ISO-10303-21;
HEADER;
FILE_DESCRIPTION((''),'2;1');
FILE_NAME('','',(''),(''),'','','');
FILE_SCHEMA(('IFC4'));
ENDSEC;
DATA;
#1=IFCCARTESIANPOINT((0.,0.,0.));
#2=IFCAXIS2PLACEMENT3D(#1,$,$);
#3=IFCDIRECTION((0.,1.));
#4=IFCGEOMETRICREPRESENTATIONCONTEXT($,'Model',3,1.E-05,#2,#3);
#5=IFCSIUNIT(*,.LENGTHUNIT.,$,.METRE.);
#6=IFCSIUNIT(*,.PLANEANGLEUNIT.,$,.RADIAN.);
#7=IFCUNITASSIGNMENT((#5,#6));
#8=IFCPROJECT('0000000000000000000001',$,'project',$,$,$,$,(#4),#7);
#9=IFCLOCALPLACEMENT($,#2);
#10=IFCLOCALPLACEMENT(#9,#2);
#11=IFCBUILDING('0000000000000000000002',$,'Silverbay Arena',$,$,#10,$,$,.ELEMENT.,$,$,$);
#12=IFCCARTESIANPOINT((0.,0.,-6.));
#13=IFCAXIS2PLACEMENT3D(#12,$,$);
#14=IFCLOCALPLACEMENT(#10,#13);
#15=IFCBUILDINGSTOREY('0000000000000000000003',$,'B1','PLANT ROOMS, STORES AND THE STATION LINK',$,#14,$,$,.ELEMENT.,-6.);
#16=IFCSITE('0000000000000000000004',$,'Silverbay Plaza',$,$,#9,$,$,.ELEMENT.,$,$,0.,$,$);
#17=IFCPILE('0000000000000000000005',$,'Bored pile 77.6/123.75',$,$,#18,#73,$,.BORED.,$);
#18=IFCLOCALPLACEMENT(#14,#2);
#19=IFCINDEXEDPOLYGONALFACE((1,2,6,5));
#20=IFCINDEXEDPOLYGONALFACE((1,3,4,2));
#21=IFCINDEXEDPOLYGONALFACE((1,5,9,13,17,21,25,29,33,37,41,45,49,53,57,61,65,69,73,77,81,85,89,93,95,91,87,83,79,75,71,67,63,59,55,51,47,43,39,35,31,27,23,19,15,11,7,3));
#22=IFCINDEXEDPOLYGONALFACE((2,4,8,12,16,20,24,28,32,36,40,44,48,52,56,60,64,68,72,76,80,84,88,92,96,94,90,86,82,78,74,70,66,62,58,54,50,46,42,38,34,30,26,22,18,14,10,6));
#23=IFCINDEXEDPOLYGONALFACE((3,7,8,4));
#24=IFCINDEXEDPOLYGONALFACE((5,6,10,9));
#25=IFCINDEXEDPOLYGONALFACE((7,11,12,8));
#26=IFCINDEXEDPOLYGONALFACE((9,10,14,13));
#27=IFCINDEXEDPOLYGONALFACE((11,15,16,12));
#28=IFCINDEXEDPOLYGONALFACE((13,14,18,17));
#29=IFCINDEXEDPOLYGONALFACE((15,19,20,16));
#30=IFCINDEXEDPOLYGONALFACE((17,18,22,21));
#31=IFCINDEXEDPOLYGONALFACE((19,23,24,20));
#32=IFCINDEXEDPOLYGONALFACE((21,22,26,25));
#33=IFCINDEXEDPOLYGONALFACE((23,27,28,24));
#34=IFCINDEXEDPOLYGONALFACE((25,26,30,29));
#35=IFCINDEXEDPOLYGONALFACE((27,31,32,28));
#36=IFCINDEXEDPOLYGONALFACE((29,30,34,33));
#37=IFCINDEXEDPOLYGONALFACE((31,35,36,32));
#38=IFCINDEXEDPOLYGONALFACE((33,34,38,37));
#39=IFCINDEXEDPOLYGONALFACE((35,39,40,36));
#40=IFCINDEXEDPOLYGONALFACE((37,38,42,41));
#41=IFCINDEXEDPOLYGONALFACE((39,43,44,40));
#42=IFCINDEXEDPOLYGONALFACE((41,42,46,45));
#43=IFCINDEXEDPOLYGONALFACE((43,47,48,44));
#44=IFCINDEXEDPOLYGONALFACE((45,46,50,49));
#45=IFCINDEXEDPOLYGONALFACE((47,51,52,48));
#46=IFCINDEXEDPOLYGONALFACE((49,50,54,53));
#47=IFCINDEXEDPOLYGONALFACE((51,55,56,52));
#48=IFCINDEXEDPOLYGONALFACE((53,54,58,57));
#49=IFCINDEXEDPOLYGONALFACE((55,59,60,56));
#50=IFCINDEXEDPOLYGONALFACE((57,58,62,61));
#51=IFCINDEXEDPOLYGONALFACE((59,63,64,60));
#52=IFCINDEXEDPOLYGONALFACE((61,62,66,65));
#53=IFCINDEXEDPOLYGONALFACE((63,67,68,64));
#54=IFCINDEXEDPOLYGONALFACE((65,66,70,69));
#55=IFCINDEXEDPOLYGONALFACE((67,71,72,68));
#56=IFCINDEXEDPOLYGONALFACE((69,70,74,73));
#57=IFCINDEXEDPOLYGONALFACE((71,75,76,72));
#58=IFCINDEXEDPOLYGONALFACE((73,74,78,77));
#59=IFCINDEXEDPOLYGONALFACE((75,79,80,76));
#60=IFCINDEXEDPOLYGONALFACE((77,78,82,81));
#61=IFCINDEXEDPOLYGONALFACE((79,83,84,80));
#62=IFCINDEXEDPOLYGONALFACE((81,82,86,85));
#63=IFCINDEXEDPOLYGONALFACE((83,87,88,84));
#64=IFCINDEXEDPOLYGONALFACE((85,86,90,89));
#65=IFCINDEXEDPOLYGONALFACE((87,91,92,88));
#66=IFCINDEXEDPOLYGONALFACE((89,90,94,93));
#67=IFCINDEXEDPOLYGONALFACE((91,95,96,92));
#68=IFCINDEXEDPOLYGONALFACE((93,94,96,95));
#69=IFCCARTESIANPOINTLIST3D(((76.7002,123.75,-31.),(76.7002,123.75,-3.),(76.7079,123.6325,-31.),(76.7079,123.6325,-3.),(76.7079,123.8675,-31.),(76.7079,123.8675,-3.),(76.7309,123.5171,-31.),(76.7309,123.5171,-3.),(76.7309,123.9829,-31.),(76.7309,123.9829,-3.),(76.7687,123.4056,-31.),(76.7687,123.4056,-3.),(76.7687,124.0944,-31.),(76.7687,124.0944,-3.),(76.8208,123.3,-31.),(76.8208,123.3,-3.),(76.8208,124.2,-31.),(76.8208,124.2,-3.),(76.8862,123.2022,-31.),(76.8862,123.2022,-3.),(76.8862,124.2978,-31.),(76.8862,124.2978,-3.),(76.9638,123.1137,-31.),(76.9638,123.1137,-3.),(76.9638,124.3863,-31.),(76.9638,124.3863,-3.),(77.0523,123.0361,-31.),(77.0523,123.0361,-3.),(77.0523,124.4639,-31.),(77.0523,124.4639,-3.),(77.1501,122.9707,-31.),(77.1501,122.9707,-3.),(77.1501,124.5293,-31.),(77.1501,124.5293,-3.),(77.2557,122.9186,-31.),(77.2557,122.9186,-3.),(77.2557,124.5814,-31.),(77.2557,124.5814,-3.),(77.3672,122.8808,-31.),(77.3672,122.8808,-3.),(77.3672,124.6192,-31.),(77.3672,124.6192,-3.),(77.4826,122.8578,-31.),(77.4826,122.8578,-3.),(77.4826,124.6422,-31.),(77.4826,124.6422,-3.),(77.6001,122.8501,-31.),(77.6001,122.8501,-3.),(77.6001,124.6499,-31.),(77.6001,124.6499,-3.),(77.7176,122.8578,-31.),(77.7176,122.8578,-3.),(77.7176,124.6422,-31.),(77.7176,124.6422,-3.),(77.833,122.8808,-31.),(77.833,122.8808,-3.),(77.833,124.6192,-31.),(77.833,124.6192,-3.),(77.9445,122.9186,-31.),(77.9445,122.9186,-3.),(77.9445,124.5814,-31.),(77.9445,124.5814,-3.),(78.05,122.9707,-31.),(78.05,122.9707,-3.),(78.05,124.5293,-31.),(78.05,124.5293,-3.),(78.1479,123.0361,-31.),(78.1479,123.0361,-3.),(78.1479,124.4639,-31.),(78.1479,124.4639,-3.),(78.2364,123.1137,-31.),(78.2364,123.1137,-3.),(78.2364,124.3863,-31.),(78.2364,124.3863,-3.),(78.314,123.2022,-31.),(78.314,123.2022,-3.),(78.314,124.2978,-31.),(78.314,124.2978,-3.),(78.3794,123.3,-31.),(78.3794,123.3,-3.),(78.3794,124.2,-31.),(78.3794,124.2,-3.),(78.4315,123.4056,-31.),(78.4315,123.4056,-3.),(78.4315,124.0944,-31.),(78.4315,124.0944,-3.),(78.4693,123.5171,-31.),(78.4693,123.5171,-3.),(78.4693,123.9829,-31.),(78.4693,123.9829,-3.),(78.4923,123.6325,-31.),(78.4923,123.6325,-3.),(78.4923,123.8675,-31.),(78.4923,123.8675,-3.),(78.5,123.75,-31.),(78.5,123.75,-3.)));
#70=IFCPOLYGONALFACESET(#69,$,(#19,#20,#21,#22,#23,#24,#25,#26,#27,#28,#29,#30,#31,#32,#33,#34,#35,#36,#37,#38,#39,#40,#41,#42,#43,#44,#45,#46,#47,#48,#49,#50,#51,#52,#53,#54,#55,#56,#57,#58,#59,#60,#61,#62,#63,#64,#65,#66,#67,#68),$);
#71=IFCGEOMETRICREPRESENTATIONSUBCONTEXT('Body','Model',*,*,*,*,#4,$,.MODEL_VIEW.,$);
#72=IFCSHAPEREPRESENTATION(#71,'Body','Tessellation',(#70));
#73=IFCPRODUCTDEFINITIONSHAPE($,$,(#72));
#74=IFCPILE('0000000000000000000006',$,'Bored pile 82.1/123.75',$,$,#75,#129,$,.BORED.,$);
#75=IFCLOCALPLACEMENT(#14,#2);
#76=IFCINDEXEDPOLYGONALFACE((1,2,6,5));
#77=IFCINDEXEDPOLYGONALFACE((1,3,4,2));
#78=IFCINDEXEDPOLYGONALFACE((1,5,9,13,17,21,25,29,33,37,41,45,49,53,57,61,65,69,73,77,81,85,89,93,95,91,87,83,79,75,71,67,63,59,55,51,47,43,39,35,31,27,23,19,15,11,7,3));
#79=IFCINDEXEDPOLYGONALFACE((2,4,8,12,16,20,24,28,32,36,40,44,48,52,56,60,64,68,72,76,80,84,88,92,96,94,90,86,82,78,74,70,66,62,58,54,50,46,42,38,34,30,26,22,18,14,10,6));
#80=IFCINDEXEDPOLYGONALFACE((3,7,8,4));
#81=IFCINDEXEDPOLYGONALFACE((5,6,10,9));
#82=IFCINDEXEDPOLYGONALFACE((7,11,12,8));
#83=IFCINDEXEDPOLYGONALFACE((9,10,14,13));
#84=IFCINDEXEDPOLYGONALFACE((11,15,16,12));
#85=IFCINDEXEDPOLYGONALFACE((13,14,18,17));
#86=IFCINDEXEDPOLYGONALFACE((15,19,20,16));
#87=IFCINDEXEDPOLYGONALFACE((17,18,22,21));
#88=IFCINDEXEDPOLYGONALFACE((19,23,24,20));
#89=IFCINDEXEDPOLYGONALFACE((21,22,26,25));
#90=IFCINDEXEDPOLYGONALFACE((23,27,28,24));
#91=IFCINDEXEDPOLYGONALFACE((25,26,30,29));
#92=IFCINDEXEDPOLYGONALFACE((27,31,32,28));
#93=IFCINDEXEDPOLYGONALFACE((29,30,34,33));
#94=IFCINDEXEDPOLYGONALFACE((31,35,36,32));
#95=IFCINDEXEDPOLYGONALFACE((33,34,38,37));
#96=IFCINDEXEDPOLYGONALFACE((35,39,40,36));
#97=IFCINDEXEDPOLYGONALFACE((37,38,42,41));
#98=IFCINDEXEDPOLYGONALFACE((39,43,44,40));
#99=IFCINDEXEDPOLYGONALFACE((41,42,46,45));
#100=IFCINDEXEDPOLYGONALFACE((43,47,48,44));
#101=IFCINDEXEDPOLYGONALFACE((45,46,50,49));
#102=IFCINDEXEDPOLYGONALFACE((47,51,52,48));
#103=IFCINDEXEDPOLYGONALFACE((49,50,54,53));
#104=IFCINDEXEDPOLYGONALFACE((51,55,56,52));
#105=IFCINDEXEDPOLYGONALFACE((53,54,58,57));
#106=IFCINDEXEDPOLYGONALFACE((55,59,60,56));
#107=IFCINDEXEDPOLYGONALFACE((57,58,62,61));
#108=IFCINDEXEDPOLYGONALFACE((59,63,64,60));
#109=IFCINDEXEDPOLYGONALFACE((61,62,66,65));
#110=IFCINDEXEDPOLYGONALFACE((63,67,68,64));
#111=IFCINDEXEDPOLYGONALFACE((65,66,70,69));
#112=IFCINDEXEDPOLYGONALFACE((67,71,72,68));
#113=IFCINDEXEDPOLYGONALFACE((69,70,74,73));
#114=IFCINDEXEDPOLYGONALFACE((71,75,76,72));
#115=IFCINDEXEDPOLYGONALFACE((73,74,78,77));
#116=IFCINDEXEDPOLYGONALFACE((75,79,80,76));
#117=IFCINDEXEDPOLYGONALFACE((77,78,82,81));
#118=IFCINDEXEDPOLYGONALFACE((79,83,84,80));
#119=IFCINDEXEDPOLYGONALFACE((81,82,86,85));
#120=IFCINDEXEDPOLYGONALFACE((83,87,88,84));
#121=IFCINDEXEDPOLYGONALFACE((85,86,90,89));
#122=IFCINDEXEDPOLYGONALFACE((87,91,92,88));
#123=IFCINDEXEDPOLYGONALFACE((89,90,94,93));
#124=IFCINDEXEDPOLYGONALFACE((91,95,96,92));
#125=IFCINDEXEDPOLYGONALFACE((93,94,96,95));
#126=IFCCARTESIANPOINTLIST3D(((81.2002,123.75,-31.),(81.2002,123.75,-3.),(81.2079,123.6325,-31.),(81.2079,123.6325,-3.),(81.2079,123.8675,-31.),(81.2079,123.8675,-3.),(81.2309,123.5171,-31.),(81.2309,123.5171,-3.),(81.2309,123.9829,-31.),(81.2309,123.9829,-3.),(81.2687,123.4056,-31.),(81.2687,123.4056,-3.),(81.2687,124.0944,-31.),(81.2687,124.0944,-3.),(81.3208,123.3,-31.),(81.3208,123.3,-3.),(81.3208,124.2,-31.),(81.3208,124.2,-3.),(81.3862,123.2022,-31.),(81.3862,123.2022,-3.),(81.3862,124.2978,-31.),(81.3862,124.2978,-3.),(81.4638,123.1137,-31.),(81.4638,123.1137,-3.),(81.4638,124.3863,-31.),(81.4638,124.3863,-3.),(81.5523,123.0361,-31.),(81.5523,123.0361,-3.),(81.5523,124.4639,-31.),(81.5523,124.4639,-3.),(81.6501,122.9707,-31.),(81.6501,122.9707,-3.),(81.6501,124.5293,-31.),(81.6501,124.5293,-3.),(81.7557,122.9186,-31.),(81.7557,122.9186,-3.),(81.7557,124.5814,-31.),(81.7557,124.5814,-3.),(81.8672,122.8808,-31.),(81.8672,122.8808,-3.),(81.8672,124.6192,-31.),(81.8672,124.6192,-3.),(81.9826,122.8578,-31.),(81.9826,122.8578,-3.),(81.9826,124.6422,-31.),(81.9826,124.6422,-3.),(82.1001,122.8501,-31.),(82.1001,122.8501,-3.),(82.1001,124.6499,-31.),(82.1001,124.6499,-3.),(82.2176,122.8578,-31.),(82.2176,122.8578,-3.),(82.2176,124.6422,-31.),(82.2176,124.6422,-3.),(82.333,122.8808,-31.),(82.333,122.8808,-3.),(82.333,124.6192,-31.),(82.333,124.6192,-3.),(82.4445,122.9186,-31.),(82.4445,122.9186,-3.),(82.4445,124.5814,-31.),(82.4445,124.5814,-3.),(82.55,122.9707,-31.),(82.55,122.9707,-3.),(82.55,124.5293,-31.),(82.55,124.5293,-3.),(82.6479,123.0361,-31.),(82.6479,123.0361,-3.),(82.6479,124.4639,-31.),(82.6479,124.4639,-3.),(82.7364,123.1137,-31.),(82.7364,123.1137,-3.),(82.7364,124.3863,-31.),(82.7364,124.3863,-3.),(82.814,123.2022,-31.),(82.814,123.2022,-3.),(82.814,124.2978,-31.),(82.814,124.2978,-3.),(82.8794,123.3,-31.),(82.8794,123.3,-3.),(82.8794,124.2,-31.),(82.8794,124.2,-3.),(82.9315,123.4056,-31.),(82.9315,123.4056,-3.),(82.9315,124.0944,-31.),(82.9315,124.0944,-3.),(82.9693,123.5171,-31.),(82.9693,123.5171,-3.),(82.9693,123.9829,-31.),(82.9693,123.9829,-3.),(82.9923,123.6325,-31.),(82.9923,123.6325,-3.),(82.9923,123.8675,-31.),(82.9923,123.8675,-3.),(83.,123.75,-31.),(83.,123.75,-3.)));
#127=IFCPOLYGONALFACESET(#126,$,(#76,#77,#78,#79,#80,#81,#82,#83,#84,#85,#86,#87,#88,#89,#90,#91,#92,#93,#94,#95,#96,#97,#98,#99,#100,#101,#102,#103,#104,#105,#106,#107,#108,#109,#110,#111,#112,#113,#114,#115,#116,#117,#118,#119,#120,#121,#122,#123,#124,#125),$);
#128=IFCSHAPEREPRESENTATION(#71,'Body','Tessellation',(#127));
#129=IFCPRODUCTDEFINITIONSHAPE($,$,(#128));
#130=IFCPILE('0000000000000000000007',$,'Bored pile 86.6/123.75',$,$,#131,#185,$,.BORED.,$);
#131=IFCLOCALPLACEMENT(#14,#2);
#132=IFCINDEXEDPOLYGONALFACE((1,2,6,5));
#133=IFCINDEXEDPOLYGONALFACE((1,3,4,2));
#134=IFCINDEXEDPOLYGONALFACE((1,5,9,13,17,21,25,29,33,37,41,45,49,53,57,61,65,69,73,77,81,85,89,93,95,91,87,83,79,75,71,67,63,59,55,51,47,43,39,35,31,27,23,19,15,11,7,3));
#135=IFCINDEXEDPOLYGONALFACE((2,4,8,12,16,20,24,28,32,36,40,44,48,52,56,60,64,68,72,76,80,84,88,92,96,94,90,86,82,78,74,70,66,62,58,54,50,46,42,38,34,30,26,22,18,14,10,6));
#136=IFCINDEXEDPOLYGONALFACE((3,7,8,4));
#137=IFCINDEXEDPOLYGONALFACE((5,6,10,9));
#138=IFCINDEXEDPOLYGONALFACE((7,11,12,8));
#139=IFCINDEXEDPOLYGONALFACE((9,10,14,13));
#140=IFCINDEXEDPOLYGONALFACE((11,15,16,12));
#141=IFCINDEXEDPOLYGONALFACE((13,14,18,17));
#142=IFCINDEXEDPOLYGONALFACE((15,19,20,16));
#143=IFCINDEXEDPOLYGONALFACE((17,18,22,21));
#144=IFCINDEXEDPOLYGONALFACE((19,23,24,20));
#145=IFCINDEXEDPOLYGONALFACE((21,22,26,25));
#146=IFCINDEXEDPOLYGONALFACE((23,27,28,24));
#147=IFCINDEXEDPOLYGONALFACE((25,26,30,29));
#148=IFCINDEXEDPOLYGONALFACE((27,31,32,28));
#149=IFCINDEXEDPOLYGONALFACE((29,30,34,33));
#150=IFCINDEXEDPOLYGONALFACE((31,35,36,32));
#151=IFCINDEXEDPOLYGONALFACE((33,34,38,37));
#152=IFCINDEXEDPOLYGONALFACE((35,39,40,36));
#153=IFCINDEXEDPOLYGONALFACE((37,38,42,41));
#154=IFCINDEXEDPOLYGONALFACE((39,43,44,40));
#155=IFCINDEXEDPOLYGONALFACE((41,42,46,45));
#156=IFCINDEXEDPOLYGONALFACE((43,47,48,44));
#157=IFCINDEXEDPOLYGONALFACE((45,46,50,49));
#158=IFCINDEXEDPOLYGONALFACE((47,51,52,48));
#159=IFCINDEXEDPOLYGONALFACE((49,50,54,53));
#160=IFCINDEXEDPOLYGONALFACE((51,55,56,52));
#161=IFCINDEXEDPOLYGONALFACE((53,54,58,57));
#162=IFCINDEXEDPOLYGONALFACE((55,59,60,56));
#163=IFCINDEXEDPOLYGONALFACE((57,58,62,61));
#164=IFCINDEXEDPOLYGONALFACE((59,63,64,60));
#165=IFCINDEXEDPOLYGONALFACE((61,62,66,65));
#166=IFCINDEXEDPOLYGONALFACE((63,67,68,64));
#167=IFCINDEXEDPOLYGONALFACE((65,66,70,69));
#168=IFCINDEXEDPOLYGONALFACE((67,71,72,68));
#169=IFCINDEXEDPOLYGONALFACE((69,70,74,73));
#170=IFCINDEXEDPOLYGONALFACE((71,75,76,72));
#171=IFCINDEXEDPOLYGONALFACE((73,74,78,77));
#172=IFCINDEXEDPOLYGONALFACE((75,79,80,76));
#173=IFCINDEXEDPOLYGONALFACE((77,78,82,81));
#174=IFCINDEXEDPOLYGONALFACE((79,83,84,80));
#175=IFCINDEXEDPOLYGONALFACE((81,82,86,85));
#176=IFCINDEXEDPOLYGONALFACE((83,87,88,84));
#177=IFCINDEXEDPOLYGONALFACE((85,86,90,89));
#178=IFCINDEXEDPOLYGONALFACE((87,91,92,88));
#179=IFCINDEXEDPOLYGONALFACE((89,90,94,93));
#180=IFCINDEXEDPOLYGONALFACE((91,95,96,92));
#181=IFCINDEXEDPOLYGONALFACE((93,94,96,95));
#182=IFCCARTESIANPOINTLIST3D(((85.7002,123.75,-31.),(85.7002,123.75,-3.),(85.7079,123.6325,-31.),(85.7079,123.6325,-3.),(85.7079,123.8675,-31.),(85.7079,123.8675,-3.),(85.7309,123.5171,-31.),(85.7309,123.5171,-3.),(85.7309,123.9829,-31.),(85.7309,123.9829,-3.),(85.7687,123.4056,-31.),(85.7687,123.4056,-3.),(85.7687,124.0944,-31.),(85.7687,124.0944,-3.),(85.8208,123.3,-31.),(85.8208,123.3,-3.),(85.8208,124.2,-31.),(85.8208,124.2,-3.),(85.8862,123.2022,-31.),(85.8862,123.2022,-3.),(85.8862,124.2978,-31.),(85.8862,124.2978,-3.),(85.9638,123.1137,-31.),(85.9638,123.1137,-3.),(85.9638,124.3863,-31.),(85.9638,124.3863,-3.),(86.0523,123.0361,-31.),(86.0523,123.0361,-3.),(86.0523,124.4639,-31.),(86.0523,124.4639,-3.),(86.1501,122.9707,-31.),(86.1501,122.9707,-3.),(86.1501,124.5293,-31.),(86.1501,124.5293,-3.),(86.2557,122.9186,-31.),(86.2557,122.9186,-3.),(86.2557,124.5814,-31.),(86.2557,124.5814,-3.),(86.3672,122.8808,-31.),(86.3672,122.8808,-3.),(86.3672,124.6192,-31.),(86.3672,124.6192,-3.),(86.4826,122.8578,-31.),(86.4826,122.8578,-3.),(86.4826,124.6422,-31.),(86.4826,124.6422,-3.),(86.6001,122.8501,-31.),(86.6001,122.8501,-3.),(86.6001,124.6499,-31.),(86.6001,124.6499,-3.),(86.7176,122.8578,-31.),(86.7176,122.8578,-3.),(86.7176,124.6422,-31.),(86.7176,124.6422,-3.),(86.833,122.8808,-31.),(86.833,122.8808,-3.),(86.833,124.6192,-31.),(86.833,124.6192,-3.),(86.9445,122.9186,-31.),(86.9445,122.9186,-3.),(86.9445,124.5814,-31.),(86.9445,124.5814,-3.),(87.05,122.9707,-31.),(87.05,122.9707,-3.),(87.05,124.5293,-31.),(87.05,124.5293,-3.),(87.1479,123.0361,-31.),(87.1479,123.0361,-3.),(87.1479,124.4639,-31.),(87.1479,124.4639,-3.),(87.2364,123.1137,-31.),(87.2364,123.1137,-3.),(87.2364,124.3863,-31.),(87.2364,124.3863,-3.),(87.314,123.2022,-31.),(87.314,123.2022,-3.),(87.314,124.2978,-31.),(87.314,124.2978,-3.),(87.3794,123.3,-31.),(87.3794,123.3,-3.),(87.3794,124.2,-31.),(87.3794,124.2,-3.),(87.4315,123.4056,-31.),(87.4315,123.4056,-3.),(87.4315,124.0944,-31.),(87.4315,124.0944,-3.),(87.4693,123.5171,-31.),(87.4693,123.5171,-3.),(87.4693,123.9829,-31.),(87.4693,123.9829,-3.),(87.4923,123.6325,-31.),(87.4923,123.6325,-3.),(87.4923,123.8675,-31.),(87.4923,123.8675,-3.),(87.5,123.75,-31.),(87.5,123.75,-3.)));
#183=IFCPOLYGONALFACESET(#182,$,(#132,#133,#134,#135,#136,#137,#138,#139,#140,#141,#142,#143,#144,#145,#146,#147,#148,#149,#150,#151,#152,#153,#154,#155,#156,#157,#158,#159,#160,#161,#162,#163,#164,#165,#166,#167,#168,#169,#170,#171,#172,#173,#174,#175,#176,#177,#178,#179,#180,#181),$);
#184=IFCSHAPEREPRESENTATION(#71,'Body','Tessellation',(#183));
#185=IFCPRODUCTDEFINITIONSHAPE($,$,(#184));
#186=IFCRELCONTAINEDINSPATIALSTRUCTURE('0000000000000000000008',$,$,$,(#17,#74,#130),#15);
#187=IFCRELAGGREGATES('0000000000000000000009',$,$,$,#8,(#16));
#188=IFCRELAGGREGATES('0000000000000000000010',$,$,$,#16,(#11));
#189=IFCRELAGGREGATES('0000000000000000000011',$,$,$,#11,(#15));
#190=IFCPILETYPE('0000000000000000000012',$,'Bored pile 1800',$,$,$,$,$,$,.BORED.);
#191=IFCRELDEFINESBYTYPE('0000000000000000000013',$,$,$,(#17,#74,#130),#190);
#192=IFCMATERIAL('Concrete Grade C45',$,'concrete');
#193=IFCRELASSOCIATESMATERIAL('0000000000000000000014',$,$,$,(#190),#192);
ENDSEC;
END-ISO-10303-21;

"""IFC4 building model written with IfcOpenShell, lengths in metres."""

from ifc_helpers import new_model, si_unit, direction, frame, origin, origin_2d, place, context, subcontext, project, spatial, circle, extrude, material, material_profile, profile_set, type_object, element, save


model = new_model("IFC4")

# Units and contexts
model_context = context("Model", 3, precision=1e-05, world=origin(), true_north=direction((0.0, 1.0)))
body_context = subcontext(model_context, "Body", "Model", "MODEL_VIEW")
ifc_project = project(units=[si_unit("LENGTHUNIT", "METRE"), si_unit("PLANEANGLEUNIT", "RADIAN")], contexts=[model_context])

# Site, building, storey
site_placement = place(None, origin())
site = spatial("IfcSite", under=ifc_project, at=site_placement, Name="Silverbay Plaza", CompositionType="ELEMENT", RefElevation=0.0)
building_placement = place(site_placement, origin())
building = spatial("IfcBuilding", under=site, at=building_placement, Name="Silverbay Arena", CompositionType="ELEMENT")
storey_placement = place(building_placement, frame((0.0, 0.0, -6.0)))
storey = spatial("IfcBuildingStorey", under=building, at=storey_placement, Name="B1", Description="PLANT ROOMS, STORES AND THE STATION LINK", CompositionType="ELEMENT", Elevation=-6.0)

# Piles
ifc_material_1 = material(Name="Concrete Grade C45", Category="concrete")
ifc_material_profile = material_profile(ifc_material_1, circle(Radius=0.8999, at=origin_2d()), Name="Bored pile 1800")
ifc_profile_set = profile_set([ifc_material_profile], Name="Concrete Grade C45")
pile_type = type_object("IfcPileType", Name="Bored pile 1800", PredefinedType="BORED", material=ifc_profile_set)
for number, where, z_axis, x_axis, name in (
    (1, (77.6001, 123.75, -3.0), (0.0, 0.0, -1.0), (1.0, 0.0, 0.0), "Bored pile 77.6/123.75"),
    (2, (82.1001, 123.75, -3.0), (0.0, 0.0, -1.0), (1.0, 0.0, 0.0), "Bored pile 82.1/123.75"),
    (3, (86.6001, 123.75, -3.0), (0.0, 0.0, -1.0), (1.0, 0.0, 0.0), "Bored pile 86.6/123.75"),
):
    element("IfcPile", number, at=place(storey_placement, frame(where, z_axis=z_axis, x_axis=x_axis)), inside=storey, type_object=pile_type, Name=name, PredefinedType="BORED", context=body_context, shape_type="SweptSolid", body=[
        extrude(circle(Radius=0.8999, at=origin_2d()), origin(), (0.0, 0.0, 1.0), 28.0),
    ])

save(model, "model.ifc")
